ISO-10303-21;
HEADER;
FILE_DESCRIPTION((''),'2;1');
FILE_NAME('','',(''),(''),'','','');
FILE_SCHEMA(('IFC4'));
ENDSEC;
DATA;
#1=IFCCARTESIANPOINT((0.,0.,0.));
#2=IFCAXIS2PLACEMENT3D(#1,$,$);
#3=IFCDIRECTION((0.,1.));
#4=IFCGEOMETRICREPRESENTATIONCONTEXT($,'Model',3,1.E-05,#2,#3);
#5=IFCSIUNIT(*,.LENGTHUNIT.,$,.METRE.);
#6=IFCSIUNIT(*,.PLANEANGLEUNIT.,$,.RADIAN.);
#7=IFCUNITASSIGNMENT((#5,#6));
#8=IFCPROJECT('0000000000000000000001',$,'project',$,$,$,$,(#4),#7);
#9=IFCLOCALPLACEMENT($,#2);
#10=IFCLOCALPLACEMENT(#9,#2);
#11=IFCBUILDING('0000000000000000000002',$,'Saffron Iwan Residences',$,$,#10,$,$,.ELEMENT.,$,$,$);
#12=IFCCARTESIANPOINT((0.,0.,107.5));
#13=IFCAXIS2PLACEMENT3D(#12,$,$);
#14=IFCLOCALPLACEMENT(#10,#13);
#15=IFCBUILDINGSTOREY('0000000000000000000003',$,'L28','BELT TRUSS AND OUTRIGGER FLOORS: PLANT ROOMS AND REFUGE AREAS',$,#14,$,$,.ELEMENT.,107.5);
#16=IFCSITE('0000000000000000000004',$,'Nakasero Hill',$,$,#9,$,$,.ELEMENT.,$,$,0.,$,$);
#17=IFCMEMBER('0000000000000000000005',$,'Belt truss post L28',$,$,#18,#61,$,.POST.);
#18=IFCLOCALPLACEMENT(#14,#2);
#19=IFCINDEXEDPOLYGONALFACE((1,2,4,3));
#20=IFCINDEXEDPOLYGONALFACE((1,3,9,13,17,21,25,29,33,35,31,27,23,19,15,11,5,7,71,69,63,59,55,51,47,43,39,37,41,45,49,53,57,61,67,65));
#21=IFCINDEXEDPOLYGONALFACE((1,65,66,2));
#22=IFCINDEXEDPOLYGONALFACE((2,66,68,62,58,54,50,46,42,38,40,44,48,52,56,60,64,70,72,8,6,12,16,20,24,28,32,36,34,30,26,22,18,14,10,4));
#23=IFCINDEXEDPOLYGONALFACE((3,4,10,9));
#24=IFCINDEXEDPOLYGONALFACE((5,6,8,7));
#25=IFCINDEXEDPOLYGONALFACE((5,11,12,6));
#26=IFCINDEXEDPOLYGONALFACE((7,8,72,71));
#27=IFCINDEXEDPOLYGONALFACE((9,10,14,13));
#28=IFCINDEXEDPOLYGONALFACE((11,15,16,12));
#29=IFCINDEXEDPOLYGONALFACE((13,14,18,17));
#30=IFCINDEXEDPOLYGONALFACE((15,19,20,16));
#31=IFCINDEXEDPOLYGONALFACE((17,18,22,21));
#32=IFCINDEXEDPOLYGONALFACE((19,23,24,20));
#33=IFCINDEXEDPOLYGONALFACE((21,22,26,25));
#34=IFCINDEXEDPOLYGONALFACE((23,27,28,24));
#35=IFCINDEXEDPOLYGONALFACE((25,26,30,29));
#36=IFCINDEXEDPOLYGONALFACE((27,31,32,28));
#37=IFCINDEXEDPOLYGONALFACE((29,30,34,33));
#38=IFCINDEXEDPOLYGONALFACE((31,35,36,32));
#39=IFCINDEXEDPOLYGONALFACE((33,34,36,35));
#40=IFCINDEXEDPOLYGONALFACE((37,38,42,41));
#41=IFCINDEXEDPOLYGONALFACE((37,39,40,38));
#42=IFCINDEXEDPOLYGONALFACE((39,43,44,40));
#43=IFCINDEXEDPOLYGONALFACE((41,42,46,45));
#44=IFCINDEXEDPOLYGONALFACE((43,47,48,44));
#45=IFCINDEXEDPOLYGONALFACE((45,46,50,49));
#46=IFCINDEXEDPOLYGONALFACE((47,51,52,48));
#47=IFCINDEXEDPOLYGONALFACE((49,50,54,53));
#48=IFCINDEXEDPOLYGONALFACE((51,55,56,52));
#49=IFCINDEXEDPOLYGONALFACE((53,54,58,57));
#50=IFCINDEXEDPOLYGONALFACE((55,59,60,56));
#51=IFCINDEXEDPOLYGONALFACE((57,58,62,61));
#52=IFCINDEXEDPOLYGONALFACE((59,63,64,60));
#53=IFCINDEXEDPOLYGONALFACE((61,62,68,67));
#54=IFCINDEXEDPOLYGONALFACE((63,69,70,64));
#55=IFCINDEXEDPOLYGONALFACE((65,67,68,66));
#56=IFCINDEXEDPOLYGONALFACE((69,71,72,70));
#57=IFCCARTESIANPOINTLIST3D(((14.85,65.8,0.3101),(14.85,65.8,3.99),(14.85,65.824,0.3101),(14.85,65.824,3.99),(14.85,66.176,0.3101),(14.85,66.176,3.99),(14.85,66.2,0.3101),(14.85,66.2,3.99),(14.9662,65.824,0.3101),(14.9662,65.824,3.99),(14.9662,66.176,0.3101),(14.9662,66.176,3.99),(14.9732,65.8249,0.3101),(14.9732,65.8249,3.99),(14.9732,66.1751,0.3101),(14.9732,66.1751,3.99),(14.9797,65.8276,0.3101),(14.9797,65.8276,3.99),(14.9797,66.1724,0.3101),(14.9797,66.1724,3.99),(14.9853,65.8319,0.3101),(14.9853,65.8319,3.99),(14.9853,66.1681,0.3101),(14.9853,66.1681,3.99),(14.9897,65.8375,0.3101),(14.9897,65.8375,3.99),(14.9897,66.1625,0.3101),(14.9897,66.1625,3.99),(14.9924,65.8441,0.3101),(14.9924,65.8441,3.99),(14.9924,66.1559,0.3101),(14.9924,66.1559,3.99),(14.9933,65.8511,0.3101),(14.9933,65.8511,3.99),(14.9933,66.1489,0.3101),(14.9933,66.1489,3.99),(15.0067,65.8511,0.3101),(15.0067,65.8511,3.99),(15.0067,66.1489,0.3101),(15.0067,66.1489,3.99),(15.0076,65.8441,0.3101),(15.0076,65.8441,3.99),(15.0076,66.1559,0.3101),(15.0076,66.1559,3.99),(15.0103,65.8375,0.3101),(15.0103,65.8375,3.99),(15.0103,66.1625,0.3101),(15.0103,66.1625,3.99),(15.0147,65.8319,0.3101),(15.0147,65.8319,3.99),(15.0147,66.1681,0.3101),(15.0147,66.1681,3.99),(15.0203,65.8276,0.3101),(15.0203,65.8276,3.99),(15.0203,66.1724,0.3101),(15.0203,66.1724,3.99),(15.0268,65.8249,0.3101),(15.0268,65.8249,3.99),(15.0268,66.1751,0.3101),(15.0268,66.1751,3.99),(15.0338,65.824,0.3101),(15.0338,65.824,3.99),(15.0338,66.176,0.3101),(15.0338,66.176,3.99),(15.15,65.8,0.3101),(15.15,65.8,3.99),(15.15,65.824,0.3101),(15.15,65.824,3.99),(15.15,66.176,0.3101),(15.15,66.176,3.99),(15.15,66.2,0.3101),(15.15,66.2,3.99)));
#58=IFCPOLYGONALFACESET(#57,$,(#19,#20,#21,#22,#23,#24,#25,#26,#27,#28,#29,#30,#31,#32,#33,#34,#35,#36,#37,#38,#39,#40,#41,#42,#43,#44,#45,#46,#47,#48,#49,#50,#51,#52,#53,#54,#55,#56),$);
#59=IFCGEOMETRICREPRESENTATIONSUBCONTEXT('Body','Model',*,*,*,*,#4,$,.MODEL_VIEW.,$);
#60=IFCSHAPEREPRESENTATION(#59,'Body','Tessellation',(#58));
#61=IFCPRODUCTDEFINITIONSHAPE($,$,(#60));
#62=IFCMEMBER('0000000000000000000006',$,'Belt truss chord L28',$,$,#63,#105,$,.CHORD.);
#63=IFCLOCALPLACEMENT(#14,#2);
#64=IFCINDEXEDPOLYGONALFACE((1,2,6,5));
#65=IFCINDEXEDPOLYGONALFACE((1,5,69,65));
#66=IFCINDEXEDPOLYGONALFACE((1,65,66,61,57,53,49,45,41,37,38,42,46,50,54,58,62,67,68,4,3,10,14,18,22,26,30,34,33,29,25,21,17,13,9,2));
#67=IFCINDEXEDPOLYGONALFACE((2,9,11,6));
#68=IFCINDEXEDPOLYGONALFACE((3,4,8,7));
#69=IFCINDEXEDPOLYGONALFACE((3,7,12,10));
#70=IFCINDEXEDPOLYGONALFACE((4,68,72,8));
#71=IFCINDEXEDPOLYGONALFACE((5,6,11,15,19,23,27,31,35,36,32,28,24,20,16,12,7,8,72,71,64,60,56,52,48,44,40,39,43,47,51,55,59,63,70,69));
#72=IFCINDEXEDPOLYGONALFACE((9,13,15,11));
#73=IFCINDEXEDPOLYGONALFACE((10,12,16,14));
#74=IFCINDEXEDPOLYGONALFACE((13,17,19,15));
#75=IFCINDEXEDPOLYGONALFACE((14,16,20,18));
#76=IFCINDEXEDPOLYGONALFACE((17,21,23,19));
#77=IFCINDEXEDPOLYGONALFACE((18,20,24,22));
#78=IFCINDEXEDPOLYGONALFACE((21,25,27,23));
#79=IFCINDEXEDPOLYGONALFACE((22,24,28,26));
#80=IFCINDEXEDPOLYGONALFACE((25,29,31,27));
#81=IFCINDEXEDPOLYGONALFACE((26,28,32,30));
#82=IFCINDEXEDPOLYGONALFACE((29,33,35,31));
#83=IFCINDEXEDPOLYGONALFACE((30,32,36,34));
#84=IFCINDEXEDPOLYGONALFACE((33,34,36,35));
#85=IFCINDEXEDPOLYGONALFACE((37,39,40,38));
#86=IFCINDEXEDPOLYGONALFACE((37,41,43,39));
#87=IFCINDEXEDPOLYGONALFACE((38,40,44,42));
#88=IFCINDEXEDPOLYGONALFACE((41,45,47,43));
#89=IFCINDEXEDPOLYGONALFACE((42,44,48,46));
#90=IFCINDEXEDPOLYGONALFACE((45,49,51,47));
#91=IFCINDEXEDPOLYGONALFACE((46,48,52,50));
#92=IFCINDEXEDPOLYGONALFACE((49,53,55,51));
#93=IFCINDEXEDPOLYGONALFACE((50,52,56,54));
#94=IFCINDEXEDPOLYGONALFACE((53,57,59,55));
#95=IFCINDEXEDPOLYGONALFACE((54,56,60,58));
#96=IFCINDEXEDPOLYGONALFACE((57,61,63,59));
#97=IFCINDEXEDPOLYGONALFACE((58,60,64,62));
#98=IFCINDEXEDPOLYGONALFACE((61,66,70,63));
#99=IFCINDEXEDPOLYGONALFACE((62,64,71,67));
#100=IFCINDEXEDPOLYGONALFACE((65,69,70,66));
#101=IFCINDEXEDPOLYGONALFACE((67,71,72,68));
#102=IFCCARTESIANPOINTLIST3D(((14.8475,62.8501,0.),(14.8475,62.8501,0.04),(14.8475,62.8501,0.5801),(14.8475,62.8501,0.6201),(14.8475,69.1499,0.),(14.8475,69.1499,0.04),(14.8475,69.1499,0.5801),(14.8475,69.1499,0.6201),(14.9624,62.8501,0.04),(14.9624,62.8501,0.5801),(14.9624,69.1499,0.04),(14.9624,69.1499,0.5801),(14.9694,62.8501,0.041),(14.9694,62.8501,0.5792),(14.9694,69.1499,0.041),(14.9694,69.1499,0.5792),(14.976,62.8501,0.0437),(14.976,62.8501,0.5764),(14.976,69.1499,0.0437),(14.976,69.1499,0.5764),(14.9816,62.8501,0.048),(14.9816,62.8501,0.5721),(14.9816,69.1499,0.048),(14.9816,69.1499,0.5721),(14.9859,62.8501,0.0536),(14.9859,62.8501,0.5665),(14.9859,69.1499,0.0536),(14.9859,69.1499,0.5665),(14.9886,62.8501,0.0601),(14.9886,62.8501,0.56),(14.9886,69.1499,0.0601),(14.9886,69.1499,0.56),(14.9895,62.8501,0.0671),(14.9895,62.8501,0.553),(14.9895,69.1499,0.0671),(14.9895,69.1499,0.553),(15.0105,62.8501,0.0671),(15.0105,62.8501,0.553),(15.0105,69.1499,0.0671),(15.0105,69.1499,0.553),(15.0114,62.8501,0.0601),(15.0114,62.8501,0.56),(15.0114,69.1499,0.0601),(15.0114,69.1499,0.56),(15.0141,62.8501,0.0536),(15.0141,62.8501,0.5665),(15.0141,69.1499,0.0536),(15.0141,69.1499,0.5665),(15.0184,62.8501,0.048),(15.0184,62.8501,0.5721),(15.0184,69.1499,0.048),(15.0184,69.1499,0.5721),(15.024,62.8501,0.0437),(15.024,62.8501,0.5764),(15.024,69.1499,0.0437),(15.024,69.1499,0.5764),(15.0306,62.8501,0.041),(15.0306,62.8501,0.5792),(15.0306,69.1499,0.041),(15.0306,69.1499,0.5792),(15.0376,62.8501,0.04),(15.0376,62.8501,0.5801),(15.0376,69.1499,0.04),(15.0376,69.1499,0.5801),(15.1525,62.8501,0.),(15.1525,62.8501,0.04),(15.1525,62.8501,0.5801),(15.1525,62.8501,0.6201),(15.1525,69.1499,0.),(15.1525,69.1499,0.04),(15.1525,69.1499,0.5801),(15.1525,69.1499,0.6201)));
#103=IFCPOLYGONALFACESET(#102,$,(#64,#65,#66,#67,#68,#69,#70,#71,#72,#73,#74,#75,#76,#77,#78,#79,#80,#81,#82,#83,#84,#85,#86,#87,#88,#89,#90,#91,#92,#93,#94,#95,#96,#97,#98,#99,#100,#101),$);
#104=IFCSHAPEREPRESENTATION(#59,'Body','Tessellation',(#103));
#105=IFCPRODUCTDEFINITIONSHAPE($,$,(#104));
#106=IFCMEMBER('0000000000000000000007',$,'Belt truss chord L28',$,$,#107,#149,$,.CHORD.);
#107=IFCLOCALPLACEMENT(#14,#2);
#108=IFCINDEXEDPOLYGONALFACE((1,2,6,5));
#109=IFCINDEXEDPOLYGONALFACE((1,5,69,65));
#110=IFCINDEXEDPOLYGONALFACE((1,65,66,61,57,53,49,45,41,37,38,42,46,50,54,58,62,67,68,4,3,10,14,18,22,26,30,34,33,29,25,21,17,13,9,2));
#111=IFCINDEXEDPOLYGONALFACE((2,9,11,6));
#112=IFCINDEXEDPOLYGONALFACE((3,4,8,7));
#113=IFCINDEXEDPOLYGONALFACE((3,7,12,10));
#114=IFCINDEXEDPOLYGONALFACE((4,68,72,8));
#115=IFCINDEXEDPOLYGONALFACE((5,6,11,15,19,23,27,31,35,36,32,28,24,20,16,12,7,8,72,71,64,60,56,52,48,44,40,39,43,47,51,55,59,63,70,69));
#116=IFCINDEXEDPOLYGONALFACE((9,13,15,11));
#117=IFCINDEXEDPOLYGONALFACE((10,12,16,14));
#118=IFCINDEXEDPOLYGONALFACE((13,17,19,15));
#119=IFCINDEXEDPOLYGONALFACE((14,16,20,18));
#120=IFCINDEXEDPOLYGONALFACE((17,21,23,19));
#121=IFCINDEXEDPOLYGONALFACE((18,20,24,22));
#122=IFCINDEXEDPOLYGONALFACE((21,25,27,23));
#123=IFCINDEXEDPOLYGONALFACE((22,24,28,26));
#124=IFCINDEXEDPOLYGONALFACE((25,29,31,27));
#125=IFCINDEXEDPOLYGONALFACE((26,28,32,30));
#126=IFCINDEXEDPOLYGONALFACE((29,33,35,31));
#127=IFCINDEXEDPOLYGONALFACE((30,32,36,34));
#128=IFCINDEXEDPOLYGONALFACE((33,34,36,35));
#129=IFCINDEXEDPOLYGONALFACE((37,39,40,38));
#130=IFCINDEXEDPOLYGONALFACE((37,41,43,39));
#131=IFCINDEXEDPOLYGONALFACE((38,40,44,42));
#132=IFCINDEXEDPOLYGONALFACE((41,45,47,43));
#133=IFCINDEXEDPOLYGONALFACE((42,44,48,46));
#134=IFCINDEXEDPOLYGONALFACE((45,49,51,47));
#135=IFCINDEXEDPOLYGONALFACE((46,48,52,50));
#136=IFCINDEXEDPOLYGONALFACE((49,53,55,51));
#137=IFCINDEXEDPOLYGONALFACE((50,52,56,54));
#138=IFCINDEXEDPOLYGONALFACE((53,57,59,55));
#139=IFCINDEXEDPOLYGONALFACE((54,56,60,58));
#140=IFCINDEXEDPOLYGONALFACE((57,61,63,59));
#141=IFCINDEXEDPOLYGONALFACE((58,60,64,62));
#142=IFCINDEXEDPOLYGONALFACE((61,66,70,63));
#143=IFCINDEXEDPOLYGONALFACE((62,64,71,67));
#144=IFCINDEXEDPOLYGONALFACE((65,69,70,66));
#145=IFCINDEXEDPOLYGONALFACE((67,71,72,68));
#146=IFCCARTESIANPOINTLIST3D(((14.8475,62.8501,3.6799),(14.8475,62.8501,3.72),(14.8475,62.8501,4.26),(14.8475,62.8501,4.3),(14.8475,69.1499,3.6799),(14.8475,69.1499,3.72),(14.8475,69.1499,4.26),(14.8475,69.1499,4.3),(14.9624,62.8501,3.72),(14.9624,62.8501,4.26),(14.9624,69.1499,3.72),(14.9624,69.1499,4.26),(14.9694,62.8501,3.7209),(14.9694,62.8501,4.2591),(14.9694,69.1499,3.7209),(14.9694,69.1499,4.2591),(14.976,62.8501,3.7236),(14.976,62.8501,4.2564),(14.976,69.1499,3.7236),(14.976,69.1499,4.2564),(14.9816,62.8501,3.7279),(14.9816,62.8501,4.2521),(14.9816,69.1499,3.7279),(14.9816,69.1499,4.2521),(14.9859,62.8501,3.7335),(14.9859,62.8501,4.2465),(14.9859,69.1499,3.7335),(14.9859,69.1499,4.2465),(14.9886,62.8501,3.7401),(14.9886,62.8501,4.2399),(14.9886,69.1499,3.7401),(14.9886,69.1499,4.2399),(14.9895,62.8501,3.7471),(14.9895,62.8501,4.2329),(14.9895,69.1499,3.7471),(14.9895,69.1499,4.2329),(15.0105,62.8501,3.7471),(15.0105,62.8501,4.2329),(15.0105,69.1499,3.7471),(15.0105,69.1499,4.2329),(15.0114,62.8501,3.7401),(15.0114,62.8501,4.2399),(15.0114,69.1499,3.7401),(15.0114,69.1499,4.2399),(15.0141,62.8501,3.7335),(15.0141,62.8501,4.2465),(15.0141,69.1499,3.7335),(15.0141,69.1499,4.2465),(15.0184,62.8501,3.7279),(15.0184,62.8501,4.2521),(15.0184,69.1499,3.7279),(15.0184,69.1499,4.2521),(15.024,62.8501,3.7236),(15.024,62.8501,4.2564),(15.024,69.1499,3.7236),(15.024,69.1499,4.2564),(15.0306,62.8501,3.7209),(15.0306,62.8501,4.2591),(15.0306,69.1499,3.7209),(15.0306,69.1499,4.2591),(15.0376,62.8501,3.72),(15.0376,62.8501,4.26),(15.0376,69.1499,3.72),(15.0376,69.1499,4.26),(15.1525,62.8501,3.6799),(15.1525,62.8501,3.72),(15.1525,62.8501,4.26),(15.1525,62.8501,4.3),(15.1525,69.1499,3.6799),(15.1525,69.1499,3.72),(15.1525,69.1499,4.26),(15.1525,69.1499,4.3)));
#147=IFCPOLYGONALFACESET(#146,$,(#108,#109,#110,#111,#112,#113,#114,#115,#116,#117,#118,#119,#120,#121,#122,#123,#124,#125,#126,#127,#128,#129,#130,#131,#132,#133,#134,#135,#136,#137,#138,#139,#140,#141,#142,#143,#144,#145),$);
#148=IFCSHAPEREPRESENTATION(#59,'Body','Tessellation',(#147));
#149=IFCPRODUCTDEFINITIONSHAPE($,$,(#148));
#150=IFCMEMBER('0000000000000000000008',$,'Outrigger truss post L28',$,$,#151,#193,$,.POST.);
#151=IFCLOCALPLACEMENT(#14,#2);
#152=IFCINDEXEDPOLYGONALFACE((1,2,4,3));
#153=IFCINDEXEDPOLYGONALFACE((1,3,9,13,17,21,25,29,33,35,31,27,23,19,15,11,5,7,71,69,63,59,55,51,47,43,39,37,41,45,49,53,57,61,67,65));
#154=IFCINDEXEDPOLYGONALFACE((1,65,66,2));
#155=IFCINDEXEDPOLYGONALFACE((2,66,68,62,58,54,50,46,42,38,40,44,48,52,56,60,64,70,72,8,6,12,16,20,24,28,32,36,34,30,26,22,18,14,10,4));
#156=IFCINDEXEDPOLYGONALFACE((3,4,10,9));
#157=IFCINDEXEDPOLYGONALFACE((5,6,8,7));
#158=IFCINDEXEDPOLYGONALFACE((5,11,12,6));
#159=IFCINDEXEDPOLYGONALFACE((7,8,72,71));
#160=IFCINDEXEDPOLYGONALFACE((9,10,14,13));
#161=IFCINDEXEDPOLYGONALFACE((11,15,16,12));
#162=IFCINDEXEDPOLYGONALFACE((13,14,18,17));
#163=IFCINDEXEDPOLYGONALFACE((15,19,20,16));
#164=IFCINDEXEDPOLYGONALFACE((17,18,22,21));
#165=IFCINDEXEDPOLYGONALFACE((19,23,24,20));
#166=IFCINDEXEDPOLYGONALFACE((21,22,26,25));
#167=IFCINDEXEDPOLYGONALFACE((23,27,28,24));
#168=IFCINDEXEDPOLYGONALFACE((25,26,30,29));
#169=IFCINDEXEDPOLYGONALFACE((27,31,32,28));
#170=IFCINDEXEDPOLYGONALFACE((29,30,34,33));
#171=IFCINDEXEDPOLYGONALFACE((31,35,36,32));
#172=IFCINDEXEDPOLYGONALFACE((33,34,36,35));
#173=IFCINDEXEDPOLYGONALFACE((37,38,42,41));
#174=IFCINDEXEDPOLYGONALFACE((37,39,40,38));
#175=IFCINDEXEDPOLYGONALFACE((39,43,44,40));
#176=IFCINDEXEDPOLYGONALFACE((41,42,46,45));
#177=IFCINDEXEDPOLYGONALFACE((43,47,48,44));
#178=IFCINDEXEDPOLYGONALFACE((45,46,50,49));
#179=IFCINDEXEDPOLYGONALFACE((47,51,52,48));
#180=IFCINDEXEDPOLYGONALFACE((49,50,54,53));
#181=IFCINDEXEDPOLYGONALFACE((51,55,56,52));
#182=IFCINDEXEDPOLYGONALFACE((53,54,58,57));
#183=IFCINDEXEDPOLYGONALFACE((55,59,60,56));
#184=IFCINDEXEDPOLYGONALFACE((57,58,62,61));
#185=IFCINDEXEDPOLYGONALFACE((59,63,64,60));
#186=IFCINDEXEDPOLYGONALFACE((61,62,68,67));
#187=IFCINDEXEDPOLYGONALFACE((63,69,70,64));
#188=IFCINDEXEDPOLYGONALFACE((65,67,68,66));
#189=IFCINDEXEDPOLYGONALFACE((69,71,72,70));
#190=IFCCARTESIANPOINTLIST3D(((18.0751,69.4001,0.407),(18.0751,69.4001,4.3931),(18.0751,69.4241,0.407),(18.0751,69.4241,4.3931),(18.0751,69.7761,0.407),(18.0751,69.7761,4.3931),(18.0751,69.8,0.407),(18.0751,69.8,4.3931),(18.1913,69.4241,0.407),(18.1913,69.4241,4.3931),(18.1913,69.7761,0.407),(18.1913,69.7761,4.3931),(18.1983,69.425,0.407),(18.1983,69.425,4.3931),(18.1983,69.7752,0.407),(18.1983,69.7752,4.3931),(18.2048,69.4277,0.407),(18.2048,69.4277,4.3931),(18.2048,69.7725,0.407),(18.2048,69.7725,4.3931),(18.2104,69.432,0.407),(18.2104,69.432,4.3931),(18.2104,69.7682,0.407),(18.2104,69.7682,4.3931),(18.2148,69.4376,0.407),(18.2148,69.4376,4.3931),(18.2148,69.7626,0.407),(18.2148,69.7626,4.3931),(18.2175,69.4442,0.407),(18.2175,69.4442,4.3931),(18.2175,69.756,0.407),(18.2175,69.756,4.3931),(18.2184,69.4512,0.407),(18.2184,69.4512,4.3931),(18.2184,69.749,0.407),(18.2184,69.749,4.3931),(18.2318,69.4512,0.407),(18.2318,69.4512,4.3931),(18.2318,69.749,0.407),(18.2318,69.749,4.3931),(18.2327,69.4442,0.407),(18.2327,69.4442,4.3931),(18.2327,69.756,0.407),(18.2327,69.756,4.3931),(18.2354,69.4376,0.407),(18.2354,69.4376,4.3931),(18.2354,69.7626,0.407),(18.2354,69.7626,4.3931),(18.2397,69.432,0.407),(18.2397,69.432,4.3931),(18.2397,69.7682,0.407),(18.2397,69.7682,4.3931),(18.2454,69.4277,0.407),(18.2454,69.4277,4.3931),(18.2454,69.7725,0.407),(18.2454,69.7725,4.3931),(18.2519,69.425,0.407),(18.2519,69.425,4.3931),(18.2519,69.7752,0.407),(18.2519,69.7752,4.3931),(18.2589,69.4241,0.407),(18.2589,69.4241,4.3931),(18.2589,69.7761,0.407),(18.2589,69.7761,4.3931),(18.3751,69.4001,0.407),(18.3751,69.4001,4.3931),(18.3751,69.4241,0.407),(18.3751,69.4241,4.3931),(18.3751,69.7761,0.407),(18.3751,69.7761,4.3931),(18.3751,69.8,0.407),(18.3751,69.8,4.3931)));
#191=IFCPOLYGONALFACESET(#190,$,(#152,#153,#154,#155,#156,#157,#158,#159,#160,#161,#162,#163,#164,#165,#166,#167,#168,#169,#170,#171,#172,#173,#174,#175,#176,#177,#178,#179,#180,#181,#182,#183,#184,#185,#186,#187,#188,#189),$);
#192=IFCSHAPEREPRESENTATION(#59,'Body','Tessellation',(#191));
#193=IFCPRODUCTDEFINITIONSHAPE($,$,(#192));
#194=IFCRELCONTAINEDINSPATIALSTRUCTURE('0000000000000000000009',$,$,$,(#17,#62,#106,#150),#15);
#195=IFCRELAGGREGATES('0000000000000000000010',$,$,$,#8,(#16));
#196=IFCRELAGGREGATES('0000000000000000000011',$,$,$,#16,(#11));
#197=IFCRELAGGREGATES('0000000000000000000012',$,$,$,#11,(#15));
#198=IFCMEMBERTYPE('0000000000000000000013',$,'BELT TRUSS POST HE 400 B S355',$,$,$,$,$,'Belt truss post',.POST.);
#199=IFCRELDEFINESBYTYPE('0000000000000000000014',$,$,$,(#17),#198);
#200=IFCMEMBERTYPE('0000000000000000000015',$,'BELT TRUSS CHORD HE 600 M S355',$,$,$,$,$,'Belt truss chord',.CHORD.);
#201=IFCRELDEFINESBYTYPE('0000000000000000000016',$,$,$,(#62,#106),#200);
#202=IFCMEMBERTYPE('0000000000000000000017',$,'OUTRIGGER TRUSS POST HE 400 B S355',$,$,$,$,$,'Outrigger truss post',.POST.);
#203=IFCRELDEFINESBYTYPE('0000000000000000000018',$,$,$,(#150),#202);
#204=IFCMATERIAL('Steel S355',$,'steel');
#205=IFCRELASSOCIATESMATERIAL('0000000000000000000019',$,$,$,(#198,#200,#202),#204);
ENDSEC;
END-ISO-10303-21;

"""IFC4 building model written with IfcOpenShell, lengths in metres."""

from ifc_helpers import new_model, si_unit, direction, frame, origin, origin_2d, place, context, subcontext, project, spatial, i_section, extrude, source, transform, mapped, material, material_profile, profile_set, type_object, element, save


model = new_model("IFC4")

# Units and contexts
model_context = context("Model", 3, precision=1e-05, world=origin(), true_north=direction((0.0, 1.0)))
body_context = subcontext(model_context, "Body", "Model", "MODEL_VIEW")
ifc_project = project(units=[si_unit("LENGTHUNIT", "METRE"), si_unit("PLANEANGLEUNIT", "RADIAN")], contexts=[model_context])

# Site, building, storey
site_placement = place(None, origin())
site = spatial("IfcSite", under=ifc_project, at=site_placement, Name="Nakasero Hill", CompositionType="ELEMENT", RefElevation=0.0)
building_placement = place(site_placement, origin())
building = spatial("IfcBuilding", under=site, at=building_placement, Name="Saffron Iwan Residences", CompositionType="ELEMENT")
storey_placement = place(building_placement, frame((0.0, 0.0, 107.5)))
storey = spatial("IfcBuildingStorey", under=building, at=storey_placement, Name="L28", Description="BELT TRUSS AND OUTRIGGER FLOORS: PLANT ROOMS AND REFUGE AREAS", CompositionType="ELEMENT", Elevation=107.5)

# Members
ifc_material_1 = material(Name="Steel S355", Category="steel")
ifc_material_profile_1 = material_profile(ifc_material_1, i_section(OverallWidth=0.3, OverallDepth=0.3999, WebThickness=0.0134, FlangeThickness=0.0239, FilletRadius=0.0271, at=origin_2d()), Name="HE 400 B")
ifc_profile_set_1 = profile_set([ifc_material_profile_1], Name="Steel S355")
member_type_1 = type_object("IfcMemberType", Name="BELT TRUSS POST HE 400 B S355", ElementType="Belt truss post", PredefinedType="POST", material=ifc_profile_set_1)
shared_shape_1 = source(origin(), body_context, "Body", "SweptSolid", [
    extrude(i_section(OverallWidth=0.3, OverallDepth=0.3999, WebThickness=0.0134, FlangeThickness=0.0239, FilletRadius=0.0271, at=origin_2d()), origin(), (0.0, 0.0, 1.0), 3.6799),
])
member_1_placement = place(storey_placement, frame((15.0, 66.0, 0.3101), z_axis=(0.0, 0.0, 1.0), x_axis=(1.0, 0.0, 0.0)))
element("IfcMember", 1, at=member_1_placement, inside=storey, type_object=member_type_1, Name="Belt truss post L28", PredefinedType="POST", context=body_context, shape_type="MappedRepresentation", body=[
    mapped(shared_shape_1, transform((0.0, 0.0, 0.0))),
])
ifc_material_profile_2 = material_profile(ifc_material_1, i_section(OverallWidth=0.3049, OverallDepth=0.6201, WebThickness=0.021, FlangeThickness=0.04, FilletRadius=0.0271, at=origin_2d()), Name="HE 600 M")
ifc_profile_set_2 = profile_set([ifc_material_profile_2], Name="Steel S355")
member_type_2 = type_object("IfcMemberType", Name="BELT TRUSS CHORD HE 600 M S355", ElementType="Belt truss chord", PredefinedType="CHORD", material=ifc_profile_set_2)
shared_shape_2 = source(origin(), body_context, "Body", "SweptSolid", [
    extrude(i_section(OverallWidth=0.3049, OverallDepth=0.6201, WebThickness=0.021, FlangeThickness=0.04, FilletRadius=0.0271, at=origin_2d()), origin(), (0.0, 0.0, 1.0), 6.2998),
])
for number, where, z_axis, x_axis, name in (
    (2, (15.0, 62.8501, 0.3101), (0.0, 1.0, 0.0), (-1.0, 0.0, 0.0), "Belt truss chord L28"),
    (3, (15.0, 62.8501, 3.99), (0.0, 1.0, 0.0), (-1.0, 0.0, 0.0), "Belt truss chord L28"),
):
    element("IfcMember", number, at=place(storey_placement, frame(where, z_axis=z_axis, x_axis=x_axis)), inside=storey, type_object=member_type_2, Name=name, PredefinedType="CHORD", context=body_context, shape_type="MappedRepresentation", body=[
        mapped(shared_shape_2, transform((0.0, 0.0, 0.0))),
    ])
ifc_material_profile_3 = material_profile(ifc_material_1, i_section(OverallWidth=0.3, OverallDepth=0.3999, WebThickness=0.0134, FlangeThickness=0.0239, FilletRadius=0.0271, at=origin_2d()), Name="HE 400 B")
ifc_profile_set_3 = profile_set([ifc_material_profile_3], Name="Steel S355")
member_type_3 = type_object("IfcMemberType", Name="OUTRIGGER TRUSS POST HE 400 B S355", ElementType="Outrigger truss post", PredefinedType="POST", material=ifc_profile_set_3)
shared_shape_3 = source(origin(), body_context, "Body", "SweptSolid", [
    extrude(i_section(OverallWidth=0.3, OverallDepth=0.3999, WebThickness=0.0134, FlangeThickness=0.0239, FilletRadius=0.0271, at=origin_2d()), origin(), (0.0, 0.0, 1.0), 3.9861),
])
member_2_placement = place(storey_placement, frame((18.2251, 69.6001, 0.407), z_axis=(0.0, 0.0, 1.0), x_axis=(1.0, 0.0, 0.0)))
element("IfcMember", 4, at=member_2_placement, inside=storey, type_object=member_type_3, Name="Outrigger truss post L28", PredefinedType="POST", context=body_context, shape_type="MappedRepresentation", body=[
    mapped(shared_shape_3, transform((0.0, 0.0, 0.0))),
])

save(model, "model.ifc")
